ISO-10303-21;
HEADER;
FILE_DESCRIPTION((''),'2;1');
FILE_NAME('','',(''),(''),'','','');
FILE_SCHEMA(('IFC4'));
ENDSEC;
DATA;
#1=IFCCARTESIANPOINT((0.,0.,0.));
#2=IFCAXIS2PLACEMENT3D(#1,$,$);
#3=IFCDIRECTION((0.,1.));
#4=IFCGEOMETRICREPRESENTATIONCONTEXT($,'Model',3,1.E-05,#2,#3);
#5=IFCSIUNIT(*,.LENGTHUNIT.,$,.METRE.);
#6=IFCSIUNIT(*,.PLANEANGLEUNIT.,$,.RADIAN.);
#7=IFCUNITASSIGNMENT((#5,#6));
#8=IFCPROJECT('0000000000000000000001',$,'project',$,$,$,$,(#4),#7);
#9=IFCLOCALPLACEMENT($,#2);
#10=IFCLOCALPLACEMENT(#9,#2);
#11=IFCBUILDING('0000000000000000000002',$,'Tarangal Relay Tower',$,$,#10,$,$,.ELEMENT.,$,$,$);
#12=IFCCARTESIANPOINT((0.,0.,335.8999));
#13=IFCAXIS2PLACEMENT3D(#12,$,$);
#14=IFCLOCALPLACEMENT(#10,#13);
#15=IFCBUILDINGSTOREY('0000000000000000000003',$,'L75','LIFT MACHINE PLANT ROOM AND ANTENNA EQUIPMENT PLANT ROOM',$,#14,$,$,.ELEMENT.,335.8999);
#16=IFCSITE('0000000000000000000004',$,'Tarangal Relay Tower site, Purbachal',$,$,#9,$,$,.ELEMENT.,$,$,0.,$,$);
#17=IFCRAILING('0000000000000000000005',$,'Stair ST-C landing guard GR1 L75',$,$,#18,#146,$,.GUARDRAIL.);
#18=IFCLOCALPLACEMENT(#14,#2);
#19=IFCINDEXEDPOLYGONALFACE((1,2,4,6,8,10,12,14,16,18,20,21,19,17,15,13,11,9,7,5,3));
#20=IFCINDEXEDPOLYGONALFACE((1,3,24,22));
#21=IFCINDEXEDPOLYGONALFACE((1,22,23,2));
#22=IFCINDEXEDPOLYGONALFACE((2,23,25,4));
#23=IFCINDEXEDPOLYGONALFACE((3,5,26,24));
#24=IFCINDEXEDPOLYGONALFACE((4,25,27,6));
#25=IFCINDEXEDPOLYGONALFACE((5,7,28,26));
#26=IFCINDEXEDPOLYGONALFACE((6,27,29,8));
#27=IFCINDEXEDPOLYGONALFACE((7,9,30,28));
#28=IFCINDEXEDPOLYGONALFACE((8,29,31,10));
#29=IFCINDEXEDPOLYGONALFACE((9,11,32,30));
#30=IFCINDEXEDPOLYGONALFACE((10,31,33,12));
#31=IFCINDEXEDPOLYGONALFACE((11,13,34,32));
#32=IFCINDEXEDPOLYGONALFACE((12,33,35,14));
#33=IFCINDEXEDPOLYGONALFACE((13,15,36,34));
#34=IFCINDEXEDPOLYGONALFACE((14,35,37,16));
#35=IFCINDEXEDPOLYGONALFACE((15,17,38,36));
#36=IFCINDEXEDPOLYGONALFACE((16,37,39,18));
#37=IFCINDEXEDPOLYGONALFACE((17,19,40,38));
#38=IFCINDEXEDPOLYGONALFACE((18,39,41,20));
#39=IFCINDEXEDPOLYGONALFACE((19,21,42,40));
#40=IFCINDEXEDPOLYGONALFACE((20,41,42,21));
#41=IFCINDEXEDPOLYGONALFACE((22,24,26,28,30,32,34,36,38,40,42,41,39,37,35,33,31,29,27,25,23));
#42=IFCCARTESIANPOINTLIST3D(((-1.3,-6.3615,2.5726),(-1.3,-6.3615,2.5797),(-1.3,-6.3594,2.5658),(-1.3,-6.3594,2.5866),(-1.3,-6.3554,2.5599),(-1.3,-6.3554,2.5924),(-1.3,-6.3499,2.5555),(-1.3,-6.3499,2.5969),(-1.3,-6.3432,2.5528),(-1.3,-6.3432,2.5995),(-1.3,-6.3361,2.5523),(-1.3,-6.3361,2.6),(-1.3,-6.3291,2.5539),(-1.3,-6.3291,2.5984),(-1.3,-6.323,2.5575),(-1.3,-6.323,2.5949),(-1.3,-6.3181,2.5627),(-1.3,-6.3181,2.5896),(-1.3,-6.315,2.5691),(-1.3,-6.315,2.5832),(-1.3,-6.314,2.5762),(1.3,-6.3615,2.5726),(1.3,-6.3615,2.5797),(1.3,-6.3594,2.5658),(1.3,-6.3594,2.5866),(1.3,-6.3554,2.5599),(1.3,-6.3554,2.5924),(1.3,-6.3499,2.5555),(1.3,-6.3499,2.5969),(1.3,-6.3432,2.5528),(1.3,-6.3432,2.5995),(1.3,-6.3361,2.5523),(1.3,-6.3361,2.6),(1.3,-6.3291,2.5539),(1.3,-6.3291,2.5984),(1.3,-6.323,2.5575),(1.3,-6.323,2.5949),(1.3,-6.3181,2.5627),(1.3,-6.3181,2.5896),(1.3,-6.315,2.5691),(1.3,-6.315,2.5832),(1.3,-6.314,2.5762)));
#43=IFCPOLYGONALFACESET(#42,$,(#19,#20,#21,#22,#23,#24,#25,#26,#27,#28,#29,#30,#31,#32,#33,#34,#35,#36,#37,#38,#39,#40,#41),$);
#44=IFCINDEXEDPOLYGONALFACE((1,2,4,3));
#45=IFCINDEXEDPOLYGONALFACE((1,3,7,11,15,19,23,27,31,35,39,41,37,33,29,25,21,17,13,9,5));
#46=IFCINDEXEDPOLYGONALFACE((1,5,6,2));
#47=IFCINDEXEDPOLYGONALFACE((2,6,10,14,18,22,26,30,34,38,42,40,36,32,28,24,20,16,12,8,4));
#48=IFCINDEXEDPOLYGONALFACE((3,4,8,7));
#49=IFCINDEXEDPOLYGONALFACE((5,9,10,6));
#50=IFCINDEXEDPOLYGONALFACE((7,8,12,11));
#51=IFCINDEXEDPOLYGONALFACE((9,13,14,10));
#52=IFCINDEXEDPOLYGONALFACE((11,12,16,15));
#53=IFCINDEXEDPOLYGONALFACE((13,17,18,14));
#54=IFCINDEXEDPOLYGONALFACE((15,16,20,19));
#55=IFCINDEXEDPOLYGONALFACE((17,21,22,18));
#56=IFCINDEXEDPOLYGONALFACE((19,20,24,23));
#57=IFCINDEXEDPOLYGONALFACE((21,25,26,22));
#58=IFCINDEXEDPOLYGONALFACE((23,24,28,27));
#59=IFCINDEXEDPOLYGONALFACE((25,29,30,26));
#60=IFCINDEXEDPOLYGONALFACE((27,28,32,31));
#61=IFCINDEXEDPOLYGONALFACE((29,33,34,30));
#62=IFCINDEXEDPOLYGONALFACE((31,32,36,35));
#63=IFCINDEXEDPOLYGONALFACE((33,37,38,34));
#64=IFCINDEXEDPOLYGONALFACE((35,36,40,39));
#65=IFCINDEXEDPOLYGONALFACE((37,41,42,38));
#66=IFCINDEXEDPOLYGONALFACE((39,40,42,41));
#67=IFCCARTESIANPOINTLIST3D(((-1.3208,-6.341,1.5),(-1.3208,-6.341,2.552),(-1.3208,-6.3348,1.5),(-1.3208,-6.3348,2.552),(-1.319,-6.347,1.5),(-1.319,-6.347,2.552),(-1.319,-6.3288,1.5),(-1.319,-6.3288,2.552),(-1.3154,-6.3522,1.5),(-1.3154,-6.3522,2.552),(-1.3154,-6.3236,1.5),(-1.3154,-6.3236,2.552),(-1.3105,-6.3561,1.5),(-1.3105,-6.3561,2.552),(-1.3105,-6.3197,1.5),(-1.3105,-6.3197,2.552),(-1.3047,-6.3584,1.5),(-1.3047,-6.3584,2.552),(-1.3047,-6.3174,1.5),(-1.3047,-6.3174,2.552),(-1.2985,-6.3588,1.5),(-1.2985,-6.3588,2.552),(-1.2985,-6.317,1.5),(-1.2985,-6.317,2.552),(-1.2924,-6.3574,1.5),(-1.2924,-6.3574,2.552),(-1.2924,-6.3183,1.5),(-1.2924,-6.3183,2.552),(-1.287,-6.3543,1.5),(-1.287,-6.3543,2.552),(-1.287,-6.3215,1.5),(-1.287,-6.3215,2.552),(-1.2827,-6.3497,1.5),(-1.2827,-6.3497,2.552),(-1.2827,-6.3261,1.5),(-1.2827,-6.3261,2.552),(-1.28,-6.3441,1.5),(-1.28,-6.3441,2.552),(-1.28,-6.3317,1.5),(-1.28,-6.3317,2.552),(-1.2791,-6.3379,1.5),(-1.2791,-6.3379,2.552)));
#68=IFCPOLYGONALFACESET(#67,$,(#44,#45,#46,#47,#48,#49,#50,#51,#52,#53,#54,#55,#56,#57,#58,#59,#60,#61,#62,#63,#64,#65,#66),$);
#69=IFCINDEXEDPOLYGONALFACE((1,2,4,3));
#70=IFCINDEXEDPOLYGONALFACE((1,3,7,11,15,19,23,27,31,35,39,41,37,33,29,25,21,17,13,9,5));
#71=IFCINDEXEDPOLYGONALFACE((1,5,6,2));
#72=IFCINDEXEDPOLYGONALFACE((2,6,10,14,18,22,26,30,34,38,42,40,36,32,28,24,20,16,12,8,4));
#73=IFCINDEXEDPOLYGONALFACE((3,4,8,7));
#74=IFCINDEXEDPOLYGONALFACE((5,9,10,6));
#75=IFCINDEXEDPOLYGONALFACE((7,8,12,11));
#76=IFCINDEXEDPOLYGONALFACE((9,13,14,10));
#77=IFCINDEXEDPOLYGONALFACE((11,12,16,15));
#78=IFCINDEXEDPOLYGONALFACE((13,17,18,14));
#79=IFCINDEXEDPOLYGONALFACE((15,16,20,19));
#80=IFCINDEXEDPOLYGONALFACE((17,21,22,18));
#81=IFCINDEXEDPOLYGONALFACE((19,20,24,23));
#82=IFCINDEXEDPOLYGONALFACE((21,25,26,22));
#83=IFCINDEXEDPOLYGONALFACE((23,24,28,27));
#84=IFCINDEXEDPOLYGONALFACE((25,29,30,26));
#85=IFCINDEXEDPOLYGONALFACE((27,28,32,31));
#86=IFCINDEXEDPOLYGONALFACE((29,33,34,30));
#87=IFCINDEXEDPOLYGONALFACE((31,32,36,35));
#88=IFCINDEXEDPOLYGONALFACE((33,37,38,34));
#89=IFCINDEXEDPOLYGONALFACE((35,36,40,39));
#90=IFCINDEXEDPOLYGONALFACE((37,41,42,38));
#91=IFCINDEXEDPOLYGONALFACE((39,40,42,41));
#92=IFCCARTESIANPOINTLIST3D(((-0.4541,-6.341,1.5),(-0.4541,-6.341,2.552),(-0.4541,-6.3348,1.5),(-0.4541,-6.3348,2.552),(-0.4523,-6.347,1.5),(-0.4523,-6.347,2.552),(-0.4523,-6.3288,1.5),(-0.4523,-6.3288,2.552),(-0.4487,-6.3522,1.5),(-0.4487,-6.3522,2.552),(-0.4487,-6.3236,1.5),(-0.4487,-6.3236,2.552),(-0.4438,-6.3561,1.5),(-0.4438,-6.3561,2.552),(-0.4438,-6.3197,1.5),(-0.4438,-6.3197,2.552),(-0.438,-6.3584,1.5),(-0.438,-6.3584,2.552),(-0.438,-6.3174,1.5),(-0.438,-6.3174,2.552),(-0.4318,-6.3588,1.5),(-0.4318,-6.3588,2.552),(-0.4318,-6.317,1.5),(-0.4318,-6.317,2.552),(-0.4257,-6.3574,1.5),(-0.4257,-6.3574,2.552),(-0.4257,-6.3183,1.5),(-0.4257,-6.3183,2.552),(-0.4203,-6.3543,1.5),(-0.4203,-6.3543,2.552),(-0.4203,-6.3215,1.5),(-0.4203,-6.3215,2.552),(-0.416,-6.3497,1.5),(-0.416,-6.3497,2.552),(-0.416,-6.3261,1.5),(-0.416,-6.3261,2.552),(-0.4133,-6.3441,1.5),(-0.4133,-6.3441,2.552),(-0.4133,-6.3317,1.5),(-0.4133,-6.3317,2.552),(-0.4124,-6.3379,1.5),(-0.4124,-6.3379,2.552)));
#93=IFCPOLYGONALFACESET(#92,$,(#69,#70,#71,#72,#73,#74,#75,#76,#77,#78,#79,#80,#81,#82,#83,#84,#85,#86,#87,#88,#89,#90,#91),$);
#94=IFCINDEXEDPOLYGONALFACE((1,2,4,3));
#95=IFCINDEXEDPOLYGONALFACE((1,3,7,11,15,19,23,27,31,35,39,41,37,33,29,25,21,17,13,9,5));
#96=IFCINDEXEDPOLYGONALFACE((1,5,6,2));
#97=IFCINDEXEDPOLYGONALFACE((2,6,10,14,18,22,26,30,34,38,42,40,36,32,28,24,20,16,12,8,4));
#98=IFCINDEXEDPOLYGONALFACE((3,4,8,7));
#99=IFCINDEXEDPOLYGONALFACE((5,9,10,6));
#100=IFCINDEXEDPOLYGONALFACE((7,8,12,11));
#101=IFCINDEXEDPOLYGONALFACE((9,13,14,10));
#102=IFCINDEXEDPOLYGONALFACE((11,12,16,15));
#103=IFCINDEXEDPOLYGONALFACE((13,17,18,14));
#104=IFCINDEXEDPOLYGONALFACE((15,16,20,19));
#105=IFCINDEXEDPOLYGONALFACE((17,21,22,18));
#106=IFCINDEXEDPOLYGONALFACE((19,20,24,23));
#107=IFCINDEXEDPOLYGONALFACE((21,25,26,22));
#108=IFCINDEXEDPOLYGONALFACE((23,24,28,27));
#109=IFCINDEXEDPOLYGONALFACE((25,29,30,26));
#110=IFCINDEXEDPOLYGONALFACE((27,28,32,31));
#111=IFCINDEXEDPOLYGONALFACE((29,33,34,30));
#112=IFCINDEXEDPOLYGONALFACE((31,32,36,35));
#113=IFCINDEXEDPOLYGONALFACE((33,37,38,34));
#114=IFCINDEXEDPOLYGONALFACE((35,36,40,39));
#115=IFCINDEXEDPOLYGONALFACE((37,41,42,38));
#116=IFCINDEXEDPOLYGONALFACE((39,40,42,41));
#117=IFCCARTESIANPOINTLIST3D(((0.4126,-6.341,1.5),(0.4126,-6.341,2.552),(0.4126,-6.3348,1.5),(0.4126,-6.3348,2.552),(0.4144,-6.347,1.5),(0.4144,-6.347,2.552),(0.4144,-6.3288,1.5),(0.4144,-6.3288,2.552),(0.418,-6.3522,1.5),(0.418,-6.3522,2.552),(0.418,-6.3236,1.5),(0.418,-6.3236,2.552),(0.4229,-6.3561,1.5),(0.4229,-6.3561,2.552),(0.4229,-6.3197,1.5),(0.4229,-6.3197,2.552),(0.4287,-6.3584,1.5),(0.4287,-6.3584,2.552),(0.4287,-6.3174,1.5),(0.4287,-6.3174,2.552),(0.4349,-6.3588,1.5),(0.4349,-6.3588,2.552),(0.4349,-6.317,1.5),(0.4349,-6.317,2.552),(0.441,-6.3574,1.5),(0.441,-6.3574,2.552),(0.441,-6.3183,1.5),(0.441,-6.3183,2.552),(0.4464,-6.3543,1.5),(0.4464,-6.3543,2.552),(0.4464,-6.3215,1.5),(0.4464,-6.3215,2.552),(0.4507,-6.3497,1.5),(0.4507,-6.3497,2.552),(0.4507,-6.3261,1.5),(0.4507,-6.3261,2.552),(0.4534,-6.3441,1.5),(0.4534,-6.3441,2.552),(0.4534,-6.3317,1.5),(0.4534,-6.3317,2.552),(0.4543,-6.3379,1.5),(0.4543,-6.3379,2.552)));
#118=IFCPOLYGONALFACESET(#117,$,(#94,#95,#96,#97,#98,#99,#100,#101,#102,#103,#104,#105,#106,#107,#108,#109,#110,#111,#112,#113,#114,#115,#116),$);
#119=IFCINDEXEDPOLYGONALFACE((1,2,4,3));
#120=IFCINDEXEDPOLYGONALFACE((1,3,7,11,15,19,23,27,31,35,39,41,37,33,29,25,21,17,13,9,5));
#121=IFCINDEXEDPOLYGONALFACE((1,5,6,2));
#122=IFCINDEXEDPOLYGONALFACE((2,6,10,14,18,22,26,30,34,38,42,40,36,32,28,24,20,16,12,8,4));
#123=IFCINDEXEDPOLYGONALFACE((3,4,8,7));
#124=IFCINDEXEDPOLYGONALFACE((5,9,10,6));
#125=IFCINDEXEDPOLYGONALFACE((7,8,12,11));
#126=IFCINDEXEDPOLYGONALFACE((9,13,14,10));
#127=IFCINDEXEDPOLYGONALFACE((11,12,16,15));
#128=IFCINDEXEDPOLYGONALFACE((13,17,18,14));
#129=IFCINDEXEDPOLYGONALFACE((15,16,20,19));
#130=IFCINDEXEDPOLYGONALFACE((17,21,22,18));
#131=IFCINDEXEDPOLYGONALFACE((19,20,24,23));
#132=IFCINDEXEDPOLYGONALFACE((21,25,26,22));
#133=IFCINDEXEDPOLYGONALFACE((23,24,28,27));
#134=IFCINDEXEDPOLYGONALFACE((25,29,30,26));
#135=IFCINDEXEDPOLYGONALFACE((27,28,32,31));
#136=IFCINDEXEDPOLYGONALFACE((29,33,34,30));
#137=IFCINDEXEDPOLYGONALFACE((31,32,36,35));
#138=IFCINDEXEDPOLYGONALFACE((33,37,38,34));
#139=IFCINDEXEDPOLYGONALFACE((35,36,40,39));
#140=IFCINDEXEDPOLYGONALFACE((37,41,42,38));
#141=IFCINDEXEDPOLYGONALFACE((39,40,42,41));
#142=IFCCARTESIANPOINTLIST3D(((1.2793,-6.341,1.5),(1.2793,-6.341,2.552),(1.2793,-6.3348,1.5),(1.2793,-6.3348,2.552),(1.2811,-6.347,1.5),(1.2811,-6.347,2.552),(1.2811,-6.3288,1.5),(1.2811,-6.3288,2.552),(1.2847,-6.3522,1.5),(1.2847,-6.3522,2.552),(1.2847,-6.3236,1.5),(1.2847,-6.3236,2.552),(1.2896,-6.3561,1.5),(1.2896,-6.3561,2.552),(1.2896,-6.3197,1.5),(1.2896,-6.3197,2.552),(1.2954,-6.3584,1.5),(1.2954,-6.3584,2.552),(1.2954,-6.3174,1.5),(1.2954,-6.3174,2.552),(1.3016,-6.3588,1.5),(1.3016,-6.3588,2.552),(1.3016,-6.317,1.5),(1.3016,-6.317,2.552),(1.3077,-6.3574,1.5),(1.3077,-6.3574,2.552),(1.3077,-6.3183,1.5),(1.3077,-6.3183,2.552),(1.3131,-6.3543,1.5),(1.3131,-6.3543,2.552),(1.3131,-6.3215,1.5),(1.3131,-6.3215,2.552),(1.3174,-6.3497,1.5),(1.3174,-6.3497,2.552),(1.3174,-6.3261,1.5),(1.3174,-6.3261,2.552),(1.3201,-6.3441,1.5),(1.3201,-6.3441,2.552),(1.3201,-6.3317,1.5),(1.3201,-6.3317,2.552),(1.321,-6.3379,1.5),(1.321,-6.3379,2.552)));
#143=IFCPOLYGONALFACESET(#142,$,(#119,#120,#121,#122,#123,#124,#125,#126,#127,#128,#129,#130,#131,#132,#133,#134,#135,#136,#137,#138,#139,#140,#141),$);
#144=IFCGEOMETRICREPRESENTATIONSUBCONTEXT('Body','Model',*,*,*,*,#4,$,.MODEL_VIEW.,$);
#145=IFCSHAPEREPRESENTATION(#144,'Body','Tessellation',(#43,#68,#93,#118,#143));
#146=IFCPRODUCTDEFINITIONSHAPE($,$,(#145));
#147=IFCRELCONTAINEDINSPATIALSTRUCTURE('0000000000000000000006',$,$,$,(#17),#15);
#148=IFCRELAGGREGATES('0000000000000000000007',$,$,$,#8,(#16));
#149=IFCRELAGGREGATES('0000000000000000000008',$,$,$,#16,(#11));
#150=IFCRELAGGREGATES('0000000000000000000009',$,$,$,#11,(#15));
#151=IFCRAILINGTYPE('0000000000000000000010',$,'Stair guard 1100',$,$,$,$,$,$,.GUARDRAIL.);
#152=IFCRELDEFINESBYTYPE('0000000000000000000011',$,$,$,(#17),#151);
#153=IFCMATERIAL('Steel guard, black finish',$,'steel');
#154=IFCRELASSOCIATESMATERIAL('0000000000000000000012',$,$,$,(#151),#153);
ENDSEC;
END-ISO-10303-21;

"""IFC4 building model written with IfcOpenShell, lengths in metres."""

from ifc_helpers import new_model, si_unit, direction, frame, origin, origin_2d, place, context, subcontext, project, spatial, circle, extrude, material, type_object, element, save


model = new_model("IFC4")

# Units and contexts
model_context = context("Model", 3, precision=1e-05, world=origin(), true_north=direction((0.0, 1.0)))
body_context = subcontext(model_context, "Body", "Model", "MODEL_VIEW")
ifc_project = project(units=[si_unit("LENGTHUNIT", "METRE"), si_unit("PLANEANGLEUNIT", "RADIAN")], contexts=[model_context])

# Site, building, storey
site_placement = place(None, origin())
site = spatial("IfcSite", under=ifc_project, at=site_placement, Name="Tarangal Relay Tower site, Purbachal", CompositionType="ELEMENT", RefElevation=0.0)
building_placement = place(site_placement, origin())
building = spatial("IfcBuilding", under=site, at=building_placement, Name="Tarangal Relay Tower", CompositionType="ELEMENT")
storey_placement = place(building_placement, frame((0.0, 0.0, 335.8999)))
storey = spatial("IfcBuildingStorey", under=building, at=storey_placement, Name="L75", Description="LIFT MACHINE PLANT ROOM AND ANTENNA EQUIPMENT PLANT ROOM", CompositionType="ELEMENT", Elevation=335.8999)

# Railing
ifc_material_1 = material(Name="Steel guard, black finish", Category="steel")
railing_type_1 = type_object("IfcRailingType", Name="Stair guard 1100", PredefinedType="GUARDRAIL", material=ifc_material_1)
for number, where, name in (
    (1, (-1.3, -6.3379, 1.5), "Stair ST-C landing guard GR1 L75"),
):
    element("IfcRailing", number, at=place(storey_placement, frame(where)), inside=storey, type_object=railing_type_1, Name=name, PredefinedType="GUARDRAIL", context=body_context, shape_type="SweptSolid", body=[
        extrude(circle(Radius=0.0239, at=origin_2d()), frame((0.0, 0.0, 1.0762), z_axis=(1.0, 0.0, 0.0), x_axis=(0.0, 1.0, 0.0)), (0.0, 0.0, 1.0), 2.6001),
        extrude(circle(Radius=0.021, at=origin_2d()), origin(), (0.0, 0.0, 1.0), 1.052),
        extrude(circle(Radius=0.021, at=origin_2d()), frame((0.8667, 0.0, 0.0)), (0.0, 0.0, 1.0), 1.052),
        extrude(circle(Radius=0.021, at=origin_2d()), frame((1.7334, 0.0, 0.0)), (0.0, 0.0, 1.0), 1.052),
        extrude(circle(Radius=0.021, at=origin_2d()), frame((2.6001, 0.0, 0.0)), (0.0, 0.0, 1.0), 1.052),
    ])

save(model, "model.ifc")
